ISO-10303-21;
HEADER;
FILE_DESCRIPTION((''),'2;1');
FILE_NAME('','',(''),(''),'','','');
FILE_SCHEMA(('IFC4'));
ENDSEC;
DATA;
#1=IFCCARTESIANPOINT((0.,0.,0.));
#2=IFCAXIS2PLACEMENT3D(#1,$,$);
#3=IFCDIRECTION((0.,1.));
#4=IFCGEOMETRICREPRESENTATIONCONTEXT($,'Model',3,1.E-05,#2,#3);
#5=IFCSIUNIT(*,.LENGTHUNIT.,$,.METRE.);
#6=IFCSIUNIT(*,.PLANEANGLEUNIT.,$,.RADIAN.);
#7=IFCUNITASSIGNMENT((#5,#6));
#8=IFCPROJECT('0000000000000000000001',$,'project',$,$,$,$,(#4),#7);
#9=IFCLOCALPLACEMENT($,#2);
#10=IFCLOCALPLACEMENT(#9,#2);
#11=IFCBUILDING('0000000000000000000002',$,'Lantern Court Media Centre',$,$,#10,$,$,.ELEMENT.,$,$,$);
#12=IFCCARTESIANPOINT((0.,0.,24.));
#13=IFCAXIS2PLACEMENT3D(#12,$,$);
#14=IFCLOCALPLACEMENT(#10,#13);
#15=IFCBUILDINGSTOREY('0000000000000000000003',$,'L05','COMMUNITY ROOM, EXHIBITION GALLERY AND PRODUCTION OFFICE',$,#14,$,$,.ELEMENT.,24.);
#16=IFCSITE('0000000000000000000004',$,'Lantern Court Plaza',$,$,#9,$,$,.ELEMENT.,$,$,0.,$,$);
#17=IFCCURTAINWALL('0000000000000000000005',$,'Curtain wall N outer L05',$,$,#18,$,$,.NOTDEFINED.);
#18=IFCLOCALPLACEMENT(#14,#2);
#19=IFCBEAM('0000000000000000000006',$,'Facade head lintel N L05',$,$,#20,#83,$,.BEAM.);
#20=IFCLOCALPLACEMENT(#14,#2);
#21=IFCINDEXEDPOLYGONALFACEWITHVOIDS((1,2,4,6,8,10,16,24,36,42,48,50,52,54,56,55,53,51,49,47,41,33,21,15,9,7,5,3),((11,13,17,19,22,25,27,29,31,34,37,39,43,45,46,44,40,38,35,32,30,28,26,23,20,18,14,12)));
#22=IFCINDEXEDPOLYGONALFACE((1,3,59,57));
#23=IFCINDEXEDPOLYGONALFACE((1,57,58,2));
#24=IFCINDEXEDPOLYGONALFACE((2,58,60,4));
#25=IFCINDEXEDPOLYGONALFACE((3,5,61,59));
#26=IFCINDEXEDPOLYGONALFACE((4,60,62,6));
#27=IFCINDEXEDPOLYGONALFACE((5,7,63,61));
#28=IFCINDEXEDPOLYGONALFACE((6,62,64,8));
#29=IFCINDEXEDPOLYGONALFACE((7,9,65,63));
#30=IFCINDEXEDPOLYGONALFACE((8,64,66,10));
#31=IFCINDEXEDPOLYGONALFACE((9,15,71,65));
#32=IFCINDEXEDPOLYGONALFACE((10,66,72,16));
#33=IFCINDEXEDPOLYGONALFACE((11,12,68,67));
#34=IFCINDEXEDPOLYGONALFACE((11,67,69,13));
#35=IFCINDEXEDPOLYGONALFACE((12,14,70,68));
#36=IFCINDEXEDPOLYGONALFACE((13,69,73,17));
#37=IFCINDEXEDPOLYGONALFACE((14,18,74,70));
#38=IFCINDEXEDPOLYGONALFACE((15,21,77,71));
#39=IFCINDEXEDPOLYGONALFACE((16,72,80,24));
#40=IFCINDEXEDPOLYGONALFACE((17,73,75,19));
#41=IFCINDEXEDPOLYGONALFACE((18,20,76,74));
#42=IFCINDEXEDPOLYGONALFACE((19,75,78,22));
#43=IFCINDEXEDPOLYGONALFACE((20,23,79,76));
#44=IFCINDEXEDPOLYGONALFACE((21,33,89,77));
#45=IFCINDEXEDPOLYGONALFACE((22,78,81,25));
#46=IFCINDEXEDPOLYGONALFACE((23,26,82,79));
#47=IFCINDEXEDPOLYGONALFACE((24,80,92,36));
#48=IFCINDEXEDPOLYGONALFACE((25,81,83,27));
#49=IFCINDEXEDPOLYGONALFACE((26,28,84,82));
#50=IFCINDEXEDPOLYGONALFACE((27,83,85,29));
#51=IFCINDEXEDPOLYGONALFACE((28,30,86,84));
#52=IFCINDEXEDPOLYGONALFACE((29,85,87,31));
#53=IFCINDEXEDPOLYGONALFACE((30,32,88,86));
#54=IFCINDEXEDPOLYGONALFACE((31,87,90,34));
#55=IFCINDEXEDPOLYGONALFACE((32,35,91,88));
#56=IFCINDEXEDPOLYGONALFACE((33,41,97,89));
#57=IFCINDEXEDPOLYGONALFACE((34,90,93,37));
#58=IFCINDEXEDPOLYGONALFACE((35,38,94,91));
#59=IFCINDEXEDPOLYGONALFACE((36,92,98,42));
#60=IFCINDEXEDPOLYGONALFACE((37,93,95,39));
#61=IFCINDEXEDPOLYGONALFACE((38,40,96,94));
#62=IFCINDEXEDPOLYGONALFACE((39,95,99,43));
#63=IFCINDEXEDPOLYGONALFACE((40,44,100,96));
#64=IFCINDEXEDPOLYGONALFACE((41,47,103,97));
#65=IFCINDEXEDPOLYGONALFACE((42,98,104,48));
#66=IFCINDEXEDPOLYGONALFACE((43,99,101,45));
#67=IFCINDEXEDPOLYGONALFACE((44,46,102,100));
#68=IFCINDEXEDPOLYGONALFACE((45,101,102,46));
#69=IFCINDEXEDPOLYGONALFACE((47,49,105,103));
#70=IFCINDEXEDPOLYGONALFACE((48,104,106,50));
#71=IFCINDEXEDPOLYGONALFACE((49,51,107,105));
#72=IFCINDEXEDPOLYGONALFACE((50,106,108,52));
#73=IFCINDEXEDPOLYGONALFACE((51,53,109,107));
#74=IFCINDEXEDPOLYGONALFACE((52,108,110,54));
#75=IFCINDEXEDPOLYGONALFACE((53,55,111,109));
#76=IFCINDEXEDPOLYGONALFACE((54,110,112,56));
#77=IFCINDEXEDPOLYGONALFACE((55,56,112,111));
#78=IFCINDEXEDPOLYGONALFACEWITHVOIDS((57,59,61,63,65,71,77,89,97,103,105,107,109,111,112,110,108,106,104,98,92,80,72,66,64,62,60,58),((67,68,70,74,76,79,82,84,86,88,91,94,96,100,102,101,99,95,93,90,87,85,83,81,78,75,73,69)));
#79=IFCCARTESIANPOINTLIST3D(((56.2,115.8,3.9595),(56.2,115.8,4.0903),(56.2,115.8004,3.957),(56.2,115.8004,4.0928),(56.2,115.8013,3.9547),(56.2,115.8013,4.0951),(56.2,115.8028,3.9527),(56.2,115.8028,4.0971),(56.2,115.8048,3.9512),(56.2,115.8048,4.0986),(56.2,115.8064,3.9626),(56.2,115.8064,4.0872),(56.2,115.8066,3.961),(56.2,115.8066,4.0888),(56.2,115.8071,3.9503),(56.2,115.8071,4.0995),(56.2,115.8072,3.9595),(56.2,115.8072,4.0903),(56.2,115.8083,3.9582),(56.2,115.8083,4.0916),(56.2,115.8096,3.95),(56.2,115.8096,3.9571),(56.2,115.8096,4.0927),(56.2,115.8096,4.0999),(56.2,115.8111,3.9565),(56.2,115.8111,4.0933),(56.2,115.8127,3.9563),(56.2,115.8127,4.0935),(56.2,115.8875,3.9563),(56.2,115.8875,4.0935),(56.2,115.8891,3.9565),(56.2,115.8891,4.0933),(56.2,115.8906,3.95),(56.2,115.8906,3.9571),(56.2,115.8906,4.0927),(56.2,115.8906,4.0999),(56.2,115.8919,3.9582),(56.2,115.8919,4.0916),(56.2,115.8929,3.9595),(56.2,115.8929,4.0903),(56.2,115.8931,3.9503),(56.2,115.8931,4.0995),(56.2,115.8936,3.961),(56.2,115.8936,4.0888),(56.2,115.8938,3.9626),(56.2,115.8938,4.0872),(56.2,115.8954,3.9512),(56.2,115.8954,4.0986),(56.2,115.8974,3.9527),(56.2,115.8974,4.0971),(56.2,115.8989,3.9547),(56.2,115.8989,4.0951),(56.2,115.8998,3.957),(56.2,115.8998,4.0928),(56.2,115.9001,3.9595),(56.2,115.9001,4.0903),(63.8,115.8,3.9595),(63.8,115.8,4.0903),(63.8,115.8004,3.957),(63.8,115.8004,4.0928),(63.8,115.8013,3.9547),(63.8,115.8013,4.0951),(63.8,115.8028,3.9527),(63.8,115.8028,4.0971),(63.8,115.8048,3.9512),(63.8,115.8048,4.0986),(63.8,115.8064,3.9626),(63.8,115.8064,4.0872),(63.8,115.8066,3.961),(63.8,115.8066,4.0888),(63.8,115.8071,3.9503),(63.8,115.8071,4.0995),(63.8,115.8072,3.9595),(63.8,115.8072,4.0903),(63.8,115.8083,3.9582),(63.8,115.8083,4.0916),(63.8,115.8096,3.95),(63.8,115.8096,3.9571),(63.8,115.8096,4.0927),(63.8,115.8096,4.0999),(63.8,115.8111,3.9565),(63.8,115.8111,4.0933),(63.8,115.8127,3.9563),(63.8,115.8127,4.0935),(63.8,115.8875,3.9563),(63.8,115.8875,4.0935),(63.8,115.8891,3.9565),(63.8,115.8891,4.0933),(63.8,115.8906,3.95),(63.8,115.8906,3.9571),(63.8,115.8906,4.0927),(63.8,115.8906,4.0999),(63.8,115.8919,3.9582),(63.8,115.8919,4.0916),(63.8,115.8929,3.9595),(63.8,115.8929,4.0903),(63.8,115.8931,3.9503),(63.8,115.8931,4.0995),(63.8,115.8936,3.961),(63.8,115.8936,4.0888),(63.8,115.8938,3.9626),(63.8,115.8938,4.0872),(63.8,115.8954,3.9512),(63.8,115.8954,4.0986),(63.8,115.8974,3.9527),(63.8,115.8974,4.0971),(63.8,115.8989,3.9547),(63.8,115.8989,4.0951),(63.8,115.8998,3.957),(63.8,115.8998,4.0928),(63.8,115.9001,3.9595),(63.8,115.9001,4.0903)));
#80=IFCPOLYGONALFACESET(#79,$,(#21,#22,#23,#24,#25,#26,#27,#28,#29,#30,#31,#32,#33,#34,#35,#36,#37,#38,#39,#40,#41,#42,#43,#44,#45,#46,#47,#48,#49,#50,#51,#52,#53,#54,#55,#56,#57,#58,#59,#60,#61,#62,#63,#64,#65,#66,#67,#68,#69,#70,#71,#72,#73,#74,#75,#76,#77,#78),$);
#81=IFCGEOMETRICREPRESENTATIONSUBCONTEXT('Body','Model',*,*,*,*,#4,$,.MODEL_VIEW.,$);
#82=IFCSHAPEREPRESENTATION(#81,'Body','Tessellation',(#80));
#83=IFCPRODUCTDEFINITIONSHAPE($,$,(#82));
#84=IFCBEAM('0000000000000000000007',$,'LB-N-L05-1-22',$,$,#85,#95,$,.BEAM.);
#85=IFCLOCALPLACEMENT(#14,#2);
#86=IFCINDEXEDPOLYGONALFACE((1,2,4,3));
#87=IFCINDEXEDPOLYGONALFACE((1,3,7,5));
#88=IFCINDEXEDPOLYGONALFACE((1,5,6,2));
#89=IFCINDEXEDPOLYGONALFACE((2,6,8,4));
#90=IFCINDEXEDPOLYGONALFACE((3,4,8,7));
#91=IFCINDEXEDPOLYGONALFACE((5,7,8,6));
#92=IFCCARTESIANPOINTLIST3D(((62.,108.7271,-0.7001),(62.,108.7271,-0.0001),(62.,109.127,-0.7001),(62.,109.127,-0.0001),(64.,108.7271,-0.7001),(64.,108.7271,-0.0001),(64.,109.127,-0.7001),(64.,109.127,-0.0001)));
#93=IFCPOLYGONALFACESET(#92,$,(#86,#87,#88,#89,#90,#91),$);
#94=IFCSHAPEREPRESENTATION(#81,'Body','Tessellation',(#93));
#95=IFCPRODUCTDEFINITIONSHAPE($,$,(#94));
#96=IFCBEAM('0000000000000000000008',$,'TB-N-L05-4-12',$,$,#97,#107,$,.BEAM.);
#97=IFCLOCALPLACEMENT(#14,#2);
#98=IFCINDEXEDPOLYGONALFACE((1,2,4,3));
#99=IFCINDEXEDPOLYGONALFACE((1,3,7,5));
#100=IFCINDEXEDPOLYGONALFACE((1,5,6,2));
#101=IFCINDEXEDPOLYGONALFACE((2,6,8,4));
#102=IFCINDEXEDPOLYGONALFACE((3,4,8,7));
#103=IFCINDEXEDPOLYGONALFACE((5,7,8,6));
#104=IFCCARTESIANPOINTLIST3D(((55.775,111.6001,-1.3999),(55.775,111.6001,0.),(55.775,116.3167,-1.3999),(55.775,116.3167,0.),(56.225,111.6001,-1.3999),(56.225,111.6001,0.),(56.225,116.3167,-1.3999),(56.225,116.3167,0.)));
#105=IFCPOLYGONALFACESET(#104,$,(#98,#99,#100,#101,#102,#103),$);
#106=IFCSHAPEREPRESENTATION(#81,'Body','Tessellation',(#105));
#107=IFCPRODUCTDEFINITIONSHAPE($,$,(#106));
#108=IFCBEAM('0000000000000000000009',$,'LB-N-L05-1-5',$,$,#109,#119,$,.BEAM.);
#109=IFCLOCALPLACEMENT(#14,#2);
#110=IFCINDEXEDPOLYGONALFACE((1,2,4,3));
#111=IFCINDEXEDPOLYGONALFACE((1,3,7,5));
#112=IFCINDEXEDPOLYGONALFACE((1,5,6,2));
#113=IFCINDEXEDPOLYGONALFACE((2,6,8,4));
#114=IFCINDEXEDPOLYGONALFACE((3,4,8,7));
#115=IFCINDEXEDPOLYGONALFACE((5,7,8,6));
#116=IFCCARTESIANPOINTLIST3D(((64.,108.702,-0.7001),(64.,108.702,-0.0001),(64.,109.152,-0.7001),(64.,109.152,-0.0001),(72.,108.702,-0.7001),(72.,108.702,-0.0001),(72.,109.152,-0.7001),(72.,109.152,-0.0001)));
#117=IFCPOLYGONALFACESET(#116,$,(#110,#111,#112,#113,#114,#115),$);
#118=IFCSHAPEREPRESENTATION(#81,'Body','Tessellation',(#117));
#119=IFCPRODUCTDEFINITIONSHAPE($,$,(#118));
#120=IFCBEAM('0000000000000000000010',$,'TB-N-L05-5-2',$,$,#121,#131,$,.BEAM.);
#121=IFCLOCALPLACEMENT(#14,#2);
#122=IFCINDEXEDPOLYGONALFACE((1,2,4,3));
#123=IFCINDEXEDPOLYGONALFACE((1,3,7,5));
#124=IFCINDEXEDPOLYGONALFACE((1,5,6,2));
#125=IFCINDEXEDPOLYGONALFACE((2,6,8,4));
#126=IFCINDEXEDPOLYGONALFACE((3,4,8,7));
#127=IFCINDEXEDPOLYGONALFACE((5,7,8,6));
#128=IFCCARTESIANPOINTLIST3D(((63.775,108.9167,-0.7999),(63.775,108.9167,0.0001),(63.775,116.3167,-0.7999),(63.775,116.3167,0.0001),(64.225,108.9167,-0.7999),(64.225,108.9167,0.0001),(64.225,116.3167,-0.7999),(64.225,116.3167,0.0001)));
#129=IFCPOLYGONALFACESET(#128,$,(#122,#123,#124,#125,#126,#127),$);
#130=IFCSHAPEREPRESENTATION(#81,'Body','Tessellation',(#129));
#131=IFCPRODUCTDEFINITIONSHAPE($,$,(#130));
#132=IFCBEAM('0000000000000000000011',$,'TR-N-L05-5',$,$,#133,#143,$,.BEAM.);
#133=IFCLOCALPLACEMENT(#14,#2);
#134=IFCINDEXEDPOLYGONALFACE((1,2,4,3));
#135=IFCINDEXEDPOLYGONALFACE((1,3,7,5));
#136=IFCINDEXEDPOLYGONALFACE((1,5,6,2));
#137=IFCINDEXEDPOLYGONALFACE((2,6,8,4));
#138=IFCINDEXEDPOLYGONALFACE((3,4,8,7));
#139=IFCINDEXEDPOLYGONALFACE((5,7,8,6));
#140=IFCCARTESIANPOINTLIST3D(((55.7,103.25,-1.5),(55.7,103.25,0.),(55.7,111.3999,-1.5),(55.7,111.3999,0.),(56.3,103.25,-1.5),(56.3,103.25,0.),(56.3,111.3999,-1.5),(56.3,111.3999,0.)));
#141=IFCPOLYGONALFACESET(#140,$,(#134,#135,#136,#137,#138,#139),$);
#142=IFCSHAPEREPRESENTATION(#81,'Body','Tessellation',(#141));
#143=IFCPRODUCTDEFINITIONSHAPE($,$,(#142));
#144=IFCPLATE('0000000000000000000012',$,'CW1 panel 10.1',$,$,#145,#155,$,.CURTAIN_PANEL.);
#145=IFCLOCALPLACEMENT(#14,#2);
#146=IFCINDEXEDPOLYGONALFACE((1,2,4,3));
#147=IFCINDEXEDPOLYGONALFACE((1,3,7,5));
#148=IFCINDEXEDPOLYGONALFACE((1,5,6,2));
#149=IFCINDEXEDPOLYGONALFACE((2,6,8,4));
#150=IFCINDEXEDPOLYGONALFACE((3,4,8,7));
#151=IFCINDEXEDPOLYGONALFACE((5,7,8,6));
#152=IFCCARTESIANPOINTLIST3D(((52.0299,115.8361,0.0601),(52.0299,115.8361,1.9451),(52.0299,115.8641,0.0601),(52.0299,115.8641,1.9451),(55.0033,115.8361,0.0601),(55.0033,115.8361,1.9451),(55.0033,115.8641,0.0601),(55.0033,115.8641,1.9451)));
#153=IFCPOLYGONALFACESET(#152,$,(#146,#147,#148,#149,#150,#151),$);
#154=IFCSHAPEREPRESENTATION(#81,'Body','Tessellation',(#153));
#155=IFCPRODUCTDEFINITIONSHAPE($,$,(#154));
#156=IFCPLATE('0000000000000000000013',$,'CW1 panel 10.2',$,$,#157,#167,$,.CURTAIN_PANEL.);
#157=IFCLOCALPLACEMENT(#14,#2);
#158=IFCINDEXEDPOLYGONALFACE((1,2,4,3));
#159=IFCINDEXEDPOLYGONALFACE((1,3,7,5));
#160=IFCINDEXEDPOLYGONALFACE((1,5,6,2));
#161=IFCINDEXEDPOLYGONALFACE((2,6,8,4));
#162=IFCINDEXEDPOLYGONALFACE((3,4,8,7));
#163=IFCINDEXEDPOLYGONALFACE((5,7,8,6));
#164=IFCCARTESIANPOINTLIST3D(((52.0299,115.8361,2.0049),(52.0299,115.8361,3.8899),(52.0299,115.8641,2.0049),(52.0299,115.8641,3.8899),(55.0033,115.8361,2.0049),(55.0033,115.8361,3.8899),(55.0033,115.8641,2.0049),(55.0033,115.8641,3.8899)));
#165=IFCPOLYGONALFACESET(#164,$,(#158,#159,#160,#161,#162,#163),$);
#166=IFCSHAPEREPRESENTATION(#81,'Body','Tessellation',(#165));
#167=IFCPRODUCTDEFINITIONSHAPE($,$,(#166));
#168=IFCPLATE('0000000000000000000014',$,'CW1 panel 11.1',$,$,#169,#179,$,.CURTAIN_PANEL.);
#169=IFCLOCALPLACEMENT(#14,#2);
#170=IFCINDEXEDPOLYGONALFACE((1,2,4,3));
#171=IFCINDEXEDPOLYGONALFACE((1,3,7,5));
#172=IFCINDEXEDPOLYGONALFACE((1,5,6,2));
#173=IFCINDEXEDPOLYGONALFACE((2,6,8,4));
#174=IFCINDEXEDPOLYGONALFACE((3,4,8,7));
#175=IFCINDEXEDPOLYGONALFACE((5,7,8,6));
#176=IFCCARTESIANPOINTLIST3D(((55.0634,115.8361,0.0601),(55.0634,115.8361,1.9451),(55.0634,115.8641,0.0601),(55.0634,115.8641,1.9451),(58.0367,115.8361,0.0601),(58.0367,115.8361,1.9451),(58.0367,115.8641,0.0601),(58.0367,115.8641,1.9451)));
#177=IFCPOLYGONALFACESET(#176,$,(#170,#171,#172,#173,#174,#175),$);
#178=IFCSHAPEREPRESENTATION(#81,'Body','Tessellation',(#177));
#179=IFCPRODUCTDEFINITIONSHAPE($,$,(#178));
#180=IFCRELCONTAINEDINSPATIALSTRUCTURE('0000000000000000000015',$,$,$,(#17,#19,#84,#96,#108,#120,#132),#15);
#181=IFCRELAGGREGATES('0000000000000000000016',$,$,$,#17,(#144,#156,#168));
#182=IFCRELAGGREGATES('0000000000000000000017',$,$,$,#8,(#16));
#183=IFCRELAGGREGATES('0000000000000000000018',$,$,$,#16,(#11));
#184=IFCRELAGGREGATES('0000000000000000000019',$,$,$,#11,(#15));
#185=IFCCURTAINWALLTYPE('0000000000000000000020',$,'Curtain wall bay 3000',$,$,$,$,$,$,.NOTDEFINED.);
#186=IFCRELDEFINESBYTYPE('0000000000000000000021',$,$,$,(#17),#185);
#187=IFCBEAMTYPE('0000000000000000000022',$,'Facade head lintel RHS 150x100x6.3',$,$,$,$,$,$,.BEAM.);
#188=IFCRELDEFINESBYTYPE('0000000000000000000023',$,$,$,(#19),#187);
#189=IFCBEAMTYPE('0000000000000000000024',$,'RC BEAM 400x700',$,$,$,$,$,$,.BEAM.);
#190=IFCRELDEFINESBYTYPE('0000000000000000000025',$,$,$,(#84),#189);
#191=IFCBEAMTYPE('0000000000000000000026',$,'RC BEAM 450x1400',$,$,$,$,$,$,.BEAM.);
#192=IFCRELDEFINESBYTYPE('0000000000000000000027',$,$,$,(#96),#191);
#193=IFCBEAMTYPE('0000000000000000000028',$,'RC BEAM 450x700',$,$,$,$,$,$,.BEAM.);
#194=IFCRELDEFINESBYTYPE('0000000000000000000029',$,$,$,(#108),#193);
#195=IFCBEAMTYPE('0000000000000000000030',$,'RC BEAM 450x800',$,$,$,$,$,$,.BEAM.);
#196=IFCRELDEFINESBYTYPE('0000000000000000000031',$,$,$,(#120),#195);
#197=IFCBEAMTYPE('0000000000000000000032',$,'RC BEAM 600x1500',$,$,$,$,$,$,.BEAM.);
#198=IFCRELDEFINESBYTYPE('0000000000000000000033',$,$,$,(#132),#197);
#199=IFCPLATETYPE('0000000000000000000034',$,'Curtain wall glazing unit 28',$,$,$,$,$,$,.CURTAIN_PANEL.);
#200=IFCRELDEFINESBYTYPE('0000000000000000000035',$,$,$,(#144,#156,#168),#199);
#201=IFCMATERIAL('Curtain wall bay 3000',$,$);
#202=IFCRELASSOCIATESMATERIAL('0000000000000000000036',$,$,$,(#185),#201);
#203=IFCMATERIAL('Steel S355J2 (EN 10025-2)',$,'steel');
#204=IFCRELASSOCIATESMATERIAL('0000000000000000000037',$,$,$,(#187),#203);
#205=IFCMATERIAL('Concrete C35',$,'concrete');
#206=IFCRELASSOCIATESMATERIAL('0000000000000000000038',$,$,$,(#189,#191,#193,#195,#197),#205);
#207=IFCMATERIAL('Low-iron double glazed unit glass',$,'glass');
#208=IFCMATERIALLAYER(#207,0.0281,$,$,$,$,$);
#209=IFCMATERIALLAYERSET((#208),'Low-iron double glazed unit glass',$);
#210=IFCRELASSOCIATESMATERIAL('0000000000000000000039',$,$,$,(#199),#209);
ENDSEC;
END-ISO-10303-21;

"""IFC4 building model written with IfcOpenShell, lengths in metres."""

from ifc_helpers import new_model, si_unit, direction, frame, origin, origin_2d, place, context, subcontext, project, spatial, rectangle, hollow_rectangle, extrude, material, layer, layer_set, material_profile, profile_set, type_object, element, aggregate, save


model = new_model("IFC4")

# Units and contexts
model_context = context("Model", 3, precision=1e-05, world=origin(), true_north=direction((0.0, 1.0)))
body_context = subcontext(model_context, "Body", "Model", "MODEL_VIEW")
ifc_project = project(units=[si_unit("LENGTHUNIT", "METRE"), si_unit("PLANEANGLEUNIT", "RADIAN")], contexts=[model_context])

# Site, building, storey
site_placement = place(None, origin())
site = spatial("IfcSite", under=ifc_project, at=site_placement, Name="Lantern Court Plaza", CompositionType="ELEMENT", RefElevation=0.0)
building_placement = place(site_placement, origin())
building = spatial("IfcBuilding", under=site, at=building_placement, Name="Lantern Court Media Centre", CompositionType="ELEMENT")
storey_placement = place(building_placement, frame((0.0, 0.0, 24.0)))
storey = spatial("IfcBuildingStorey", under=building, at=storey_placement, Name="L05", Description="COMMUNITY ROOM, EXHIBITION GALLERY AND PRODUCTION OFFICE", CompositionType="ELEMENT", Elevation=24.0)

# Shared definitions
ifc_material_1 = material(Name="Concrete C35", Category="concrete")

# Curtain wall
ifc_material_2 = material(Name="Curtain wall bay 3000")
curtain_wall_type = type_object("IfcCurtainWallType", Name="Curtain wall bay 3000", PredefinedType="NOTDEFINED", material=ifc_material_2)
curtain_wall_placement = place(storey_placement, origin())
curtain_wall = element("IfcCurtainWall", 1, at=curtain_wall_placement, inside=storey, type_object=curtain_wall_type, Name="Curtain wall N outer L05", PredefinedType="NOTDEFINED")

# Beams
ifc_material_3 = material(Name="Steel S355J2 (EN 10025-2)", Category="steel")
ifc_material_profile_1 = material_profile(ifc_material_3, hollow_rectangle(XDim=0.1001, YDim=0.1499, WallThickness=0.0063, InnerFilletRadius=0.0063, OuterFilletRadius=0.0095, at=origin_2d()), Name="Facade head lintel RHS 150x100x6.3")
ifc_profile_set_1 = profile_set([ifc_material_profile_1], Name="Steel S355J2 (EN 10025-2)")
beam_type_1 = type_object("IfcBeamType", Name="Facade head lintel RHS 150x100x6.3", PredefinedType="BEAM", material=ifc_profile_set_1)
beam_1_placement = place(storey_placement, frame((56.2, 115.8501, 4.0249), z_axis=(1.0, 0.0, 0.0), x_axis=(0.0, 1.0, 0.0)))
element("IfcBeam", 2, at=beam_1_placement, inside=storey, type_object=beam_type_1, Name="Facade head lintel N L05", PredefinedType="BEAM", context=body_context, shape_type="SweptSolid", body=[
    extrude(hollow_rectangle(XDim=0.1001, YDim=0.1499, WallThickness=0.0063, InnerFilletRadius=0.0063, OuterFilletRadius=0.0095, at=origin_2d()), origin(), (0.0, 0.0, 1.0), 7.6001),
])
ifc_material_profile_2 = material_profile(ifc_material_1, rectangle(XDim=0.3999, YDim=0.7, at=origin_2d()), Name="RC 400x700")
ifc_profile_set_2 = profile_set([ifc_material_profile_2], Name="Concrete C35")
beam_type_2 = type_object("IfcBeamType", Name="RC BEAM 400x700", PredefinedType="BEAM", material=ifc_profile_set_2)
beam_2_placement = place(storey_placement, frame((62.0, 108.927, -0.3501), z_axis=(1.0, 0.0, 0.0), x_axis=(0.0, 1.0, 0.0)))
element("IfcBeam", 3, at=beam_2_placement, inside=storey, type_object=beam_type_2, Name="LB-N-L05-1-22", PredefinedType="BEAM", context=body_context, shape_type="SweptSolid", body=[
    extrude(rectangle(XDim=0.3999, YDim=0.7, at=origin_2d()), origin(), (0.0, 0.0, 1.0), 2.0),
])
ifc_material_profile_3 = material_profile(ifc_material_1, rectangle(XDim=0.45, YDim=1.3999, at=origin_2d()), Name="RC 450x1400")
ifc_profile_set_3 = profile_set([ifc_material_profile_3], Name="Concrete C35")
beam_type_3 = type_object("IfcBeamType", Name="RC BEAM 450x1400", PredefinedType="BEAM", material=ifc_profile_set_3)
beam_3_placement = place(storey_placement, frame((56.0, 111.6001, -0.7), z_axis=(0.0, 1.0, 0.0), x_axis=(-1.0, 0.0, 0.0)))
element("IfcBeam", 4, at=beam_3_placement, inside=storey, type_object=beam_type_3, Name="TB-N-L05-4-12", PredefinedType="BEAM", context=body_context, shape_type="SweptSolid", body=[
    extrude(rectangle(XDim=0.45, YDim=1.3999, at=origin_2d()), origin(), (0.0, 0.0, 1.0), 4.7166),
])
ifc_material_profile_4 = material_profile(ifc_material_1, rectangle(XDim=0.45, YDim=0.7, at=origin_2d()), Name="RC 450x700")
ifc_profile_set_4 = profile_set([ifc_material_profile_4], Name="Concrete C35")
beam_type_4 = type_object("IfcBeamType", Name="RC BEAM 450x700", PredefinedType="BEAM", material=ifc_profile_set_4)
beam_4_placement = place(storey_placement, frame((64.0, 108.927, -0.3501), z_axis=(1.0, 0.0, 0.0), x_axis=(0.0, 1.0, 0.0)))
element("IfcBeam", 5, at=beam_4_placement, inside=storey, type_object=beam_type_4, Name="LB-N-L05-1-5", PredefinedType="BEAM", context=body_context, shape_type="SweptSolid", body=[
    extrude(rectangle(XDim=0.45, YDim=0.7, at=origin_2d()), origin(), (0.0, 0.0, 1.0), 8.0),
])
ifc_material_profile_5 = material_profile(ifc_material_1, rectangle(XDim=0.45, YDim=0.8, at=origin_2d()), Name="RC 450x800")
ifc_profile_set_5 = profile_set([ifc_material_profile_5], Name="Concrete C35")
beam_type_5 = type_object("IfcBeamType", Name="RC BEAM 450x800", PredefinedType="BEAM", material=ifc_profile_set_5)
beam_5_placement = place(storey_placement, frame((64.0, 108.9167, -0.3999), z_axis=(0.0, 1.0, 0.0), x_axis=(-1.0, 0.0, 0.0)))
element("IfcBeam", 6, at=beam_5_placement, inside=storey, type_object=beam_type_5, Name="TB-N-L05-5-2", PredefinedType="BEAM", context=body_context, shape_type="SweptSolid", body=[
    extrude(rectangle(XDim=0.45, YDim=0.8, at=origin_2d()), origin(), (0.0, 0.0, 1.0), 7.3999),
])
ifc_material_profile_6 = material_profile(ifc_material_1, rectangle(XDim=0.6001, YDim=1.5, at=origin_2d()), Name="RC 600x1500")
ifc_profile_set_6 = profile_set([ifc_material_profile_6], Name="Concrete C35")
beam_type_6 = type_object("IfcBeamType", Name="RC BEAM 600x1500", PredefinedType="BEAM", material=ifc_profile_set_6)
beam_6_placement = place(storey_placement, frame((56.0, 103.25, -0.75), z_axis=(0.0, 1.0, 0.0), x_axis=(-1.0, 0.0, 0.0)))
element("IfcBeam", 7, at=beam_6_placement, inside=storey, type_object=beam_type_6, Name="TR-N-L05-5", PredefinedType="BEAM", context=body_context, shape_type="SweptSolid", body=[
    extrude(rectangle(XDim=0.6001, YDim=1.5, at=origin_2d()), origin(), (0.0, 0.0, 1.0), 8.1499),
])

# Plates
ifc_material_4 = material(Name="Low-iron double glazed unit glass", Category="glass")
ifc_layer_1 = layer(ifc_material_4, 0.0281)
ifc_layer_set_1 = layer_set([ifc_layer_1], Name="Low-iron double glazed unit glass")
plate_type = type_object("IfcPlateType", Name="Curtain wall glazing unit 28", PredefinedType="CURTAIN_PANEL", material=ifc_layer_set_1)
plate_1_placement = place(storey_placement, frame((53.5166, 115.8501, 0.0601), z_axis=(0.0, 0.0, 1.0), x_axis=(1.0, 0.0, 0.0)))
plate_1 = element("IfcPlate", 8, at=plate_1_placement, type_object=plate_type, Name="CW1 panel 10.1", PredefinedType="CURTAIN_PANEL", context=body_context, shape_type="SweptSolid", body=[
    extrude(rectangle(XDim=2.9734, YDim=0.0281, at=origin_2d()), origin(), (0.0, 0.0, 1.0), 1.885),
])
plate_2_placement = place(storey_placement, frame((53.5166, 115.8501, 2.0049), z_axis=(0.0, 0.0, 1.0), x_axis=(1.0, 0.0, 0.0)))
plate_2 = element("IfcPlate", 9, at=plate_2_placement, type_object=plate_type, Name="CW1 panel 10.2", PredefinedType="CURTAIN_PANEL", context=body_context, shape_type="SweptSolid", body=[
    extrude(rectangle(XDim=2.9734, YDim=0.0281, at=origin_2d()), origin(), (0.0, 0.0, 1.0), 1.885),
])
plate_3_placement = place(storey_placement, frame((56.55, 115.8501, 0.0601), z_axis=(0.0, 0.0, 1.0), x_axis=(1.0, 0.0, 0.0)))
plate_3 = element("IfcPlate", 10, at=plate_3_placement, type_object=plate_type, Name="CW1 panel 11.1", PredefinedType="CURTAIN_PANEL", context=body_context, shape_type="SweptSolid", body=[
    extrude(rectangle(XDim=2.9734, YDim=0.0281, at=origin_2d()), origin(), (0.0, 0.0, 1.0), 1.885),
])
aggregate(curtain_wall, [plate_1, plate_2, plate_3])

save(model, "model.ifc")
